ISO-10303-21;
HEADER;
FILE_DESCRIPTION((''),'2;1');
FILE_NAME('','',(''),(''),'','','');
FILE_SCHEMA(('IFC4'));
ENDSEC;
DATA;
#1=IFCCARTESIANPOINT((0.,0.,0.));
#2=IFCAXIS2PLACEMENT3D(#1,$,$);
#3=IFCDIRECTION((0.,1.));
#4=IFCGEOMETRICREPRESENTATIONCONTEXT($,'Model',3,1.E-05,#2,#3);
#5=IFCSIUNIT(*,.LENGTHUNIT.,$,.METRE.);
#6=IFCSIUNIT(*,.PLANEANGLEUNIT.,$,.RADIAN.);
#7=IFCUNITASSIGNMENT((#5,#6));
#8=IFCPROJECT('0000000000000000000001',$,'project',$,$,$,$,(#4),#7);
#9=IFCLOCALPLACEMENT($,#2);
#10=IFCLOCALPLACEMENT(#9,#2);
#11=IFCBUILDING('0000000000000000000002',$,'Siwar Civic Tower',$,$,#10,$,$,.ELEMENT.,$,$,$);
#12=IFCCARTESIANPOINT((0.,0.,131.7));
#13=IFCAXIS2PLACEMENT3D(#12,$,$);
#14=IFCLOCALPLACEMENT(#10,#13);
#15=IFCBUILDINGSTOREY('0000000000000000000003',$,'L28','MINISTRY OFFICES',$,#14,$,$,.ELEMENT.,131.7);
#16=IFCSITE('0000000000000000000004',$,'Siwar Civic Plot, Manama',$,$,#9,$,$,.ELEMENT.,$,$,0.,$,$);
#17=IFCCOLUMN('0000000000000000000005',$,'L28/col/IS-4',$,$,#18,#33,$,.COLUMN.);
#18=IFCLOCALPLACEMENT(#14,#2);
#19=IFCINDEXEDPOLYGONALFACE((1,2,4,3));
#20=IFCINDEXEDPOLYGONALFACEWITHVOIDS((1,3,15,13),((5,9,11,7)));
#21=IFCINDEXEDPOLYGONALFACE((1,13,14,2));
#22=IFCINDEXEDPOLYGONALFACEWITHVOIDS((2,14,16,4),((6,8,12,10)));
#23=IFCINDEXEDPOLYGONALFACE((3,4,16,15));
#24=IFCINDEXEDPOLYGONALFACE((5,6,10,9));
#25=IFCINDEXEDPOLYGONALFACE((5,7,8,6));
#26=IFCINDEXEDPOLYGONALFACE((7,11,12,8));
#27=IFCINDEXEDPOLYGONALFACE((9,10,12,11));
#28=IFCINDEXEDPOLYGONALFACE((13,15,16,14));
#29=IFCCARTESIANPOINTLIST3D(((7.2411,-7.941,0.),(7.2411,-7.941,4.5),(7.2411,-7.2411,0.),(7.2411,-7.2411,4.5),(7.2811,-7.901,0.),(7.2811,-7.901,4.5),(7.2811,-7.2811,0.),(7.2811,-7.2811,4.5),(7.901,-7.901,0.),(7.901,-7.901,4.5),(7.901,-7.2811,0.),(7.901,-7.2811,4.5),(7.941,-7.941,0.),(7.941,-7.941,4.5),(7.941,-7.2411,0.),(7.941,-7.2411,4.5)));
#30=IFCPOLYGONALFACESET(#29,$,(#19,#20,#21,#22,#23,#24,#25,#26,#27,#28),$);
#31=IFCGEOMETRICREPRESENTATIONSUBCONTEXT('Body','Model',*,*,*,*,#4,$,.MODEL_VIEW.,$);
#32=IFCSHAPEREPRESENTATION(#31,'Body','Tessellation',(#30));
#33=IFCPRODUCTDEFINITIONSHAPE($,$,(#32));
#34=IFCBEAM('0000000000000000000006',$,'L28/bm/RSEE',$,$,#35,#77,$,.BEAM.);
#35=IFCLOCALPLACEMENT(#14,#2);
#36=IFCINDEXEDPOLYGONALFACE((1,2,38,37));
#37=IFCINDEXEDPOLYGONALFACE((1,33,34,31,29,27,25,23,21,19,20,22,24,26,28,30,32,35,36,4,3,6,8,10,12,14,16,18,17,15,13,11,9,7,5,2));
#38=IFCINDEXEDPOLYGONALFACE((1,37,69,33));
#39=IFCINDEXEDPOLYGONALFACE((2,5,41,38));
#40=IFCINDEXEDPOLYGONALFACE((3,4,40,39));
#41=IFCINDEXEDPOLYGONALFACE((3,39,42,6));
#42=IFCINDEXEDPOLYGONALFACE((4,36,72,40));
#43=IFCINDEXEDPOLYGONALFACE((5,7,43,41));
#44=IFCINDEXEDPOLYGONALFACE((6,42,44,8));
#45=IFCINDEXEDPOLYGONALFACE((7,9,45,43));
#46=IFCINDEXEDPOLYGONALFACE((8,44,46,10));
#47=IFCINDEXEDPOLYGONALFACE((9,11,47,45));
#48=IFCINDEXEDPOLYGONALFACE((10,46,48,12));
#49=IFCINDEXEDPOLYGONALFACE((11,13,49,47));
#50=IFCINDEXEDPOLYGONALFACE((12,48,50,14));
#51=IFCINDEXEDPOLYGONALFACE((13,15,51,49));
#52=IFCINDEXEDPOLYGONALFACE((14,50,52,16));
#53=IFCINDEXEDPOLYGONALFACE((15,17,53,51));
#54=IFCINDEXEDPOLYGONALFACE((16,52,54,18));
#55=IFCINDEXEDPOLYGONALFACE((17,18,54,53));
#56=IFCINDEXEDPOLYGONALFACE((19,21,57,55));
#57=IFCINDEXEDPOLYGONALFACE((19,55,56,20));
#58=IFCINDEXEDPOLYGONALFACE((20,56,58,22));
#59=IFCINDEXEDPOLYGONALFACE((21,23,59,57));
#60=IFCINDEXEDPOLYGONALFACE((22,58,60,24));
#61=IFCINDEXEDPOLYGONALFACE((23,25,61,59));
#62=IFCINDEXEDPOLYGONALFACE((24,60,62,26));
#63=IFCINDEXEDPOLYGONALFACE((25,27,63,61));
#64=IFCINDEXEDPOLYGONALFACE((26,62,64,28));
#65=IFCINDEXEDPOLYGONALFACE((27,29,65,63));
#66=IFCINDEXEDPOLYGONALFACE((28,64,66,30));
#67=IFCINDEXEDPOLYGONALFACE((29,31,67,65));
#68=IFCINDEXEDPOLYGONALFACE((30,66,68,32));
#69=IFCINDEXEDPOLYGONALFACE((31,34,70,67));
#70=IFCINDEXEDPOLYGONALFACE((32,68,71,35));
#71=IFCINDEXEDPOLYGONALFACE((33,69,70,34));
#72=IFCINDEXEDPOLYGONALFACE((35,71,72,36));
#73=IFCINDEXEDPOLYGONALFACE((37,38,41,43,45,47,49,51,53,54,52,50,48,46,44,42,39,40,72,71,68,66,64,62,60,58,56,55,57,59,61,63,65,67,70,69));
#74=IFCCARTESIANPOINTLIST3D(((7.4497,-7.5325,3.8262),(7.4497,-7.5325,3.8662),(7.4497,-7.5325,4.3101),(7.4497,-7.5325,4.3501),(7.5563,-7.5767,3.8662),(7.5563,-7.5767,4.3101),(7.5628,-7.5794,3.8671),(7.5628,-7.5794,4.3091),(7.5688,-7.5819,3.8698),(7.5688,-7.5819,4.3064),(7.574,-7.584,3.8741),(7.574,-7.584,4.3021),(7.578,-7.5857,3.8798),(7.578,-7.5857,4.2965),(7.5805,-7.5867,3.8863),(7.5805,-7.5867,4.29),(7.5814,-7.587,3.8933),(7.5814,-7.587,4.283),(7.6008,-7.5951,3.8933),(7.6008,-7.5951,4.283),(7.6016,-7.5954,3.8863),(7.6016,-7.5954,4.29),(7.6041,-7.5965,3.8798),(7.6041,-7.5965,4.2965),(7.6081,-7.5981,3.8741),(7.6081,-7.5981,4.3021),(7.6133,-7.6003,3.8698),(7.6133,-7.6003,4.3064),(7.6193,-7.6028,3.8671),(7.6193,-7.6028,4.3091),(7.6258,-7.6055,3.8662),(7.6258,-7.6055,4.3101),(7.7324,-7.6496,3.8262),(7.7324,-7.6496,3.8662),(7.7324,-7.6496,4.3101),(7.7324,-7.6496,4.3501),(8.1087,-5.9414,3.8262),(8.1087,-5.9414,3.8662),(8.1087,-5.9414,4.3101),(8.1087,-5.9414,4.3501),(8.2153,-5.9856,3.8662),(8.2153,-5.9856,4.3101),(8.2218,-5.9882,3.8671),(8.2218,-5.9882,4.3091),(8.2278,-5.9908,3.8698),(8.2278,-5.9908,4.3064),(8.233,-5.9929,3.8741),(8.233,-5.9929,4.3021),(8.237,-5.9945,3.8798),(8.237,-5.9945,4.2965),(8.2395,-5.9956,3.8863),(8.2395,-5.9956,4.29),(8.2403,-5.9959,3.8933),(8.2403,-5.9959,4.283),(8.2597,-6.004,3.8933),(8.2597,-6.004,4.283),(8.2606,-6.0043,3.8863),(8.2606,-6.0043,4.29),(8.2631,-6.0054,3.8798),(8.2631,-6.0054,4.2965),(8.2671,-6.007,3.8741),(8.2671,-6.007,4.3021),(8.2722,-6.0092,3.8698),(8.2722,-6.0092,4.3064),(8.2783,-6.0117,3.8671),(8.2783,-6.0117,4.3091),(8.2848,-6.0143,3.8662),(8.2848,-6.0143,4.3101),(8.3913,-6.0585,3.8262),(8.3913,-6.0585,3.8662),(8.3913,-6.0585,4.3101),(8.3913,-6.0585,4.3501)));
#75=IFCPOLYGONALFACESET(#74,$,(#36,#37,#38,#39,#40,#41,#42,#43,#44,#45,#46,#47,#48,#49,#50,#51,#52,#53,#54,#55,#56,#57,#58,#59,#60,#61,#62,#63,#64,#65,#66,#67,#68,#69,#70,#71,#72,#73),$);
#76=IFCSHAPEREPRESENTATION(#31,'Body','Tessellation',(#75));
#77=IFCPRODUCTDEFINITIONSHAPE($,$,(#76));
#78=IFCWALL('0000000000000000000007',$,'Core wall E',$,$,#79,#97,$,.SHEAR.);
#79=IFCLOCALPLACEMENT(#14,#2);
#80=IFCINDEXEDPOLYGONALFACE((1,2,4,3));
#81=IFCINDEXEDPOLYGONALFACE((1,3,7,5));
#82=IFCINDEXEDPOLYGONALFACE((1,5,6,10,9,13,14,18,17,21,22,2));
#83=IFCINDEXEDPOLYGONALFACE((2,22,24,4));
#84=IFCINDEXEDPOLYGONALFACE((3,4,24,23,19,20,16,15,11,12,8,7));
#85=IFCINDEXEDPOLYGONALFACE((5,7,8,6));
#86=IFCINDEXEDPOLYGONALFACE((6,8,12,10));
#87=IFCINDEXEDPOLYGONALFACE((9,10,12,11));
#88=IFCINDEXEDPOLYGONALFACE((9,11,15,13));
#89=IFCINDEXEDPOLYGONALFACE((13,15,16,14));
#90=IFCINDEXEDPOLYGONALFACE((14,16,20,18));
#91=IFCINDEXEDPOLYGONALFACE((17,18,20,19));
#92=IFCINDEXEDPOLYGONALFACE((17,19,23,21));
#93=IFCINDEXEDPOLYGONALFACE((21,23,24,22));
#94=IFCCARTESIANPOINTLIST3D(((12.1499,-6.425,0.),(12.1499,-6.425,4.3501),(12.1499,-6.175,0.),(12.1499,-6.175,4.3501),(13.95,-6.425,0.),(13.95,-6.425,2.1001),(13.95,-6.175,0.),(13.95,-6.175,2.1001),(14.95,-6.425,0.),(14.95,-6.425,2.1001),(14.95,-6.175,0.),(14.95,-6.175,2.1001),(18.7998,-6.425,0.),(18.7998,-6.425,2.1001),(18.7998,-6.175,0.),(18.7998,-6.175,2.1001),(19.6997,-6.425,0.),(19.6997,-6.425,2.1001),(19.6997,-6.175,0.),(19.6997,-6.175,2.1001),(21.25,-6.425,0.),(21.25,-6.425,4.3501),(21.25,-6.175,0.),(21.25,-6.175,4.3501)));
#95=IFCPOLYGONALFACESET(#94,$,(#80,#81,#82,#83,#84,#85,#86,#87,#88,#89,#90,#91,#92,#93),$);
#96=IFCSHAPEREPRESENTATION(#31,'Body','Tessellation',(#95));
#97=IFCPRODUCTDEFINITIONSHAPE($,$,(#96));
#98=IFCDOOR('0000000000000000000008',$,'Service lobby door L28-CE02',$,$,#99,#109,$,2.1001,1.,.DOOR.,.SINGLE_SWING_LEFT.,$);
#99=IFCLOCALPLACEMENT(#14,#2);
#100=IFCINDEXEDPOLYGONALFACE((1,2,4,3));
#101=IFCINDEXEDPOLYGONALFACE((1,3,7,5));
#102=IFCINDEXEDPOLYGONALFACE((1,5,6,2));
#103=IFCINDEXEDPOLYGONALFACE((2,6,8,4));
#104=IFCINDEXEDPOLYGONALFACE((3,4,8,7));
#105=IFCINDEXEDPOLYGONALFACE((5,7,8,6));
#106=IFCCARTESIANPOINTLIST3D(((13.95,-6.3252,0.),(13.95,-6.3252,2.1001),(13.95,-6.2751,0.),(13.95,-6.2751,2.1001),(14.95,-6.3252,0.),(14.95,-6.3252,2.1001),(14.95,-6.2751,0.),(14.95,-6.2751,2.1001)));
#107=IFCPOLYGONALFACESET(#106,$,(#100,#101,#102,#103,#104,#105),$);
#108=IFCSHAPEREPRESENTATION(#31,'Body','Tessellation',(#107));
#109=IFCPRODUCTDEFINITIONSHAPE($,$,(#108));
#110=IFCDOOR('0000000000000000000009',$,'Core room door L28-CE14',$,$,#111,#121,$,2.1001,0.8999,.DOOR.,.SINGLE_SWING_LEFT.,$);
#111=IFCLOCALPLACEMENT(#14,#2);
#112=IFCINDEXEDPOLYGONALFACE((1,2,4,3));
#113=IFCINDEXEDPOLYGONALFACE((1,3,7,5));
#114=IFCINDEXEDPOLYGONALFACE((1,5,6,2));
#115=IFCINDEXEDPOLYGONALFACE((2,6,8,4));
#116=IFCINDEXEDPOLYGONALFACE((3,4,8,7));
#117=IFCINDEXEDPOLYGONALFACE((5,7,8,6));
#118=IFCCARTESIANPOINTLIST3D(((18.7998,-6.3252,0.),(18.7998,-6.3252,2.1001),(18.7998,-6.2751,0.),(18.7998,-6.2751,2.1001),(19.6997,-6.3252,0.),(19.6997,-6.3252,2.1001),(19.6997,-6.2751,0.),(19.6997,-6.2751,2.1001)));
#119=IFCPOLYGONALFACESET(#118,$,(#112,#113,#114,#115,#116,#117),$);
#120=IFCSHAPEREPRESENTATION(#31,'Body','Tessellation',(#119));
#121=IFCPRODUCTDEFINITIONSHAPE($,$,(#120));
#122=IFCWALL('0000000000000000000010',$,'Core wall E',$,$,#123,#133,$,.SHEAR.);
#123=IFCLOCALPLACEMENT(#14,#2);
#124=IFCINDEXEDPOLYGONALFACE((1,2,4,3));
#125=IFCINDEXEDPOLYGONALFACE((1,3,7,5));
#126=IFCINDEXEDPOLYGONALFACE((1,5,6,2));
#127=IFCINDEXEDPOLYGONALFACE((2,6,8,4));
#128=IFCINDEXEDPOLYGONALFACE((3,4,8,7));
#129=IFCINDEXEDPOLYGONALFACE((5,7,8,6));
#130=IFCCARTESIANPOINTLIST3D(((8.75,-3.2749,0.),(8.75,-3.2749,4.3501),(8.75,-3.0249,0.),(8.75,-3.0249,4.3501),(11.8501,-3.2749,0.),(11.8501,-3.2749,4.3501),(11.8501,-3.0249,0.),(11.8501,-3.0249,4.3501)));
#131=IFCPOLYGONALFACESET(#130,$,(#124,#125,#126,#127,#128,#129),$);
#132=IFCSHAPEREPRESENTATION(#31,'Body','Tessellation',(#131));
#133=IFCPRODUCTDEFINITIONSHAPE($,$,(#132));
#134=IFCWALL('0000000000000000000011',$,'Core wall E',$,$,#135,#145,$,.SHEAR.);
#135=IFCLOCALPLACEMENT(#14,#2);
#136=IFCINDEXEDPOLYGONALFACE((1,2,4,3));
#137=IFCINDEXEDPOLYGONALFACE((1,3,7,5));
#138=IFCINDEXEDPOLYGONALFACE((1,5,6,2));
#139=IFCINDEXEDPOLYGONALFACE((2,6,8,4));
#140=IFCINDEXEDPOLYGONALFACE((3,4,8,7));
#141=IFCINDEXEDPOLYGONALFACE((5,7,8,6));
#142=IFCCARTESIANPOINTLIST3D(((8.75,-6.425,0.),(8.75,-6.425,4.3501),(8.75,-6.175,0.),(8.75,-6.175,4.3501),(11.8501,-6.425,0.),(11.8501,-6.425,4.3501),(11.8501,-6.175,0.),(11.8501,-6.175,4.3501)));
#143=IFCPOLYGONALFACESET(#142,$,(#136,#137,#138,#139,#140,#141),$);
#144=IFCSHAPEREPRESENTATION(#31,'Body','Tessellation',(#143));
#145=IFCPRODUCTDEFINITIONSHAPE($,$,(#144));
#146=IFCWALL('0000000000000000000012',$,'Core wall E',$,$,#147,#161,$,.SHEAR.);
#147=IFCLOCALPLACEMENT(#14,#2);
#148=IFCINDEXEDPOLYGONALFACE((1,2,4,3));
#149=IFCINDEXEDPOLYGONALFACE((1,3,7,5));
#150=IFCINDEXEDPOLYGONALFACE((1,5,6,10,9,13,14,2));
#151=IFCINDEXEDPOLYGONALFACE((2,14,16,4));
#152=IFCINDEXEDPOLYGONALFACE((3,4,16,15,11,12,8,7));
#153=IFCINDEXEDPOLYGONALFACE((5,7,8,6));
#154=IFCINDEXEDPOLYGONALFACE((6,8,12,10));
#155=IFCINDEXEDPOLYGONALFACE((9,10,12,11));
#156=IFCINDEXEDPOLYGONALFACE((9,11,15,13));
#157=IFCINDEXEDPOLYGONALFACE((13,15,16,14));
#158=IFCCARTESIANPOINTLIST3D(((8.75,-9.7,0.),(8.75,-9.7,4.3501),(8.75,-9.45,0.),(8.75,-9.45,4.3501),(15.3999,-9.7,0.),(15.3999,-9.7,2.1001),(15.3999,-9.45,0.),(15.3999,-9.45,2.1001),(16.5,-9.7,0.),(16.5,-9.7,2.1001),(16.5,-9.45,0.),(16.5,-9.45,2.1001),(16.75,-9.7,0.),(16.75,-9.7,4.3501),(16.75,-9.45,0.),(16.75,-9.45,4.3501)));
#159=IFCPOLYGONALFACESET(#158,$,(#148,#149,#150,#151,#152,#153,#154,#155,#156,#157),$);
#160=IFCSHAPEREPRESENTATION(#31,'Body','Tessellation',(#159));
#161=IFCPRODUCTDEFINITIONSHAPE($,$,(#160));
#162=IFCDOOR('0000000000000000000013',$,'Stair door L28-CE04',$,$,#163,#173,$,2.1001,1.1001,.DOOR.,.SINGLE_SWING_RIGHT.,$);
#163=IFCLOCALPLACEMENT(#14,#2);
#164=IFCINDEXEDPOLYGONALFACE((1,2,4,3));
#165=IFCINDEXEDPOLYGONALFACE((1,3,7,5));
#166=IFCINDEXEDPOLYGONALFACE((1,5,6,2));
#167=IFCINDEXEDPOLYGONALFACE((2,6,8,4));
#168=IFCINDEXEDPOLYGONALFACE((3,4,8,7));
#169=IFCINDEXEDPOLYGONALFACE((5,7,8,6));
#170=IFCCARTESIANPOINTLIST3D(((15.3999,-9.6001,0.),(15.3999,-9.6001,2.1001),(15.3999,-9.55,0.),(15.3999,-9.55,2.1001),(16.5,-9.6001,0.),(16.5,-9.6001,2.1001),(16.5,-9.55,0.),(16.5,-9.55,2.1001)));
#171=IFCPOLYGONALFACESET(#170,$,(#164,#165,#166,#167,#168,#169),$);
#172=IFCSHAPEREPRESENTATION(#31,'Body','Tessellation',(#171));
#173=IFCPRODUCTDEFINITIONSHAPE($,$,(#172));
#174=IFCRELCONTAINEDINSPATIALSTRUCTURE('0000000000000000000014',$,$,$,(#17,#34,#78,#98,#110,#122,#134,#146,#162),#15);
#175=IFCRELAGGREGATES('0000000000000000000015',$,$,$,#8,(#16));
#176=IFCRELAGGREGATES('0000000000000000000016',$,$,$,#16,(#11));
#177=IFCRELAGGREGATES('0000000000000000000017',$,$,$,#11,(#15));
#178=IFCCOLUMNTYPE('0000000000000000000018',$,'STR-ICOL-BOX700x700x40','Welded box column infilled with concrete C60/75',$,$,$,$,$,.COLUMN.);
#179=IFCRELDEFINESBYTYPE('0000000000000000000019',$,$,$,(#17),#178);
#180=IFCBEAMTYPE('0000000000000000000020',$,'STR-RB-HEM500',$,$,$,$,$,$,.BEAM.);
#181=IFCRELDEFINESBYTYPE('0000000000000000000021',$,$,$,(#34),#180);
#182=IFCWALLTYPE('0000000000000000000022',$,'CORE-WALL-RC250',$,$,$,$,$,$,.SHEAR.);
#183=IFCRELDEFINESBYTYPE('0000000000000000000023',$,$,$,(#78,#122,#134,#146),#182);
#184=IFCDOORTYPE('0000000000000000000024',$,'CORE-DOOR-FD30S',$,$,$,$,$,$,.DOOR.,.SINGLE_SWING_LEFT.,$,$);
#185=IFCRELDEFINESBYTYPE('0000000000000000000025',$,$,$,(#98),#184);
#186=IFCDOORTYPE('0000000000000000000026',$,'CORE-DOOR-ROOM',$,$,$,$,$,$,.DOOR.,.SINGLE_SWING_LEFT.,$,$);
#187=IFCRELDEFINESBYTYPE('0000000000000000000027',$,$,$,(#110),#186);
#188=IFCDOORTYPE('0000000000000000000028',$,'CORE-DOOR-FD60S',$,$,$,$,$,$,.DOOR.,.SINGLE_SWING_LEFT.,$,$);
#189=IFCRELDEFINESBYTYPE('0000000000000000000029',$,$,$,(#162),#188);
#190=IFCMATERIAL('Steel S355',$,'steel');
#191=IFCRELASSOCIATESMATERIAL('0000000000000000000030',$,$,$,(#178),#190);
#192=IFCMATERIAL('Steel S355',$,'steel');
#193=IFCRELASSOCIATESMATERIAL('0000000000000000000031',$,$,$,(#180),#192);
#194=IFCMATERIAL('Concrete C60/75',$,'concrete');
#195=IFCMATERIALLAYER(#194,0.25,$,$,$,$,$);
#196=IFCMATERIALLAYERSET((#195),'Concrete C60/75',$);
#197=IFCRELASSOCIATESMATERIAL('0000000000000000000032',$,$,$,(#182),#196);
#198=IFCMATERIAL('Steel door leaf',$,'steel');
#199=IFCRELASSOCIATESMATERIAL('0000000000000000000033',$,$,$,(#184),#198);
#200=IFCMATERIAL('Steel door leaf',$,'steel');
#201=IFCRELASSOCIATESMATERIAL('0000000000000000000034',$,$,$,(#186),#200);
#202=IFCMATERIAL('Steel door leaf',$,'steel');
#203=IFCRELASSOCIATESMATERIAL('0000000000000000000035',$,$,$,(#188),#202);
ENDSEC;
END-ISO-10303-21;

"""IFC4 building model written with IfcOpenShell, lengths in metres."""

from ifc_helpers import new_model, si_unit, direction, frame, frame_2d, origin, origin_2d, place, context, subcontext, project, spatial, rectangle, hollow_rectangle, i_section, extrude, material, layer, layer_set, material_profile, profile_set, type_object, element, fill, save


model = new_model("IFC4")

# Units and contexts
model_context = context("Model", 3, precision=1e-05, world=origin(), true_north=direction((0.0, 1.0)))
body_context = subcontext(model_context, "Body", "Model", "MODEL_VIEW")
ifc_project = project(units=[si_unit("LENGTHUNIT", "METRE"), si_unit("PLANEANGLEUNIT", "RADIAN")], contexts=[model_context])

# Site, building, storey
site_placement = place(None, origin())
site = spatial("IfcSite", under=ifc_project, at=site_placement, Name="Siwar Civic Plot, Manama", CompositionType="ELEMENT", RefElevation=0.0)
building_placement = place(site_placement, origin())
building = spatial("IfcBuilding", under=site, at=building_placement, Name="Siwar Civic Tower", CompositionType="ELEMENT")
storey_placement = place(building_placement, frame((0.0, 0.0, 131.7)))
storey = spatial("IfcBuildingStorey", under=building, at=storey_placement, Name="L28", Description="MINISTRY OFFICES", CompositionType="ELEMENT", Elevation=131.7)

# Column
ifc_material_1 = material(Name="Steel S355", Category="steel")
ifc_material_profile_1 = material_profile(ifc_material_1, hollow_rectangle(XDim=0.7, YDim=0.7, WallThickness=0.04, at=origin_2d()), Name="BOX700x700x40")
ifc_profile_set_1 = profile_set([ifc_material_profile_1], Name="Steel S355")
column_type = type_object("IfcColumnType", Name="STR-ICOL-BOX700x700x40", Description="Welded box column infilled with concrete C60/75", PredefinedType="COLUMN", material=ifc_profile_set_1)
column_placement = place(storey_placement, frame((7.5911, -7.5911, 0.0), z_axis=(0.0, 0.0, 1.0), x_axis=(1.0, 0.0, 0.0)))
element("IfcColumn", 1, at=column_placement, inside=storey, type_object=column_type, Name="L28/col/IS-4", PredefinedType="COLUMN", context=body_context, shape_type="SweptSolid", body=[
    extrude(hollow_rectangle(XDim=0.7, YDim=0.7, WallThickness=0.04, at=origin_2d()), origin(), (0.0, 0.0, 1.0), 4.5),
])

# Beam
ifc_material_2 = material(Name="Steel S355", Category="steel")
ifc_material_profile_2 = material_profile(ifc_material_2, i_section(OverallWidth=0.3059, OverallDepth=0.5239, WebThickness=0.021, FlangeThickness=0.04, FilletRadius=0.0271, at=origin_2d()), Name="HEM500")
ifc_profile_set_2 = profile_set([ifc_material_profile_2], Name="Steel S355")
beam_type = type_object("IfcBeamType", Name="STR-RB-HEM500", PredefinedType="BEAM", material=ifc_profile_set_2)
beam_placement = place(storey_placement, frame((7.5911, -7.5911, 4.0881), z_axis=(0.382631, 0.923901, 0.0), x_axis=(-0.923901, 0.382631, 0.0)))
element("IfcBeam", 2, at=beam_placement, inside=storey, type_object=beam_type, Name="L28/bm/RSEE", PredefinedType="BEAM", context=body_context, shape_type="SweptSolid", body=[
    extrude(i_section(OverallWidth=0.3059, OverallDepth=0.5239, WebThickness=0.021, FlangeThickness=0.04, FilletRadius=0.0271, at=origin_2d()), origin(), (0.0, 0.0, 1.0), 1.7222),
])

# Wall, openings, doors
ifc_material_3 = material(Name="Concrete C60/75", Category="concrete")
ifc_layer_1 = layer(ifc_material_3, 0.25)
ifc_layer_set_1 = layer_set([ifc_layer_1], Name="Concrete C60/75")
wall_type_1 = type_object("IfcWallType", Name="CORE-WALL-RC250", PredefinedType="SHEAR", material=ifc_layer_set_1)
wall_1_placement = place(storey_placement, frame((12.1499, -6.3, 0.0), z_axis=(0.0, 0.0, 1.0), x_axis=(1.0, 0.0, 0.0)))
wall_1 = element("IfcWall", 3, at=wall_1_placement, inside=storey, type_object=wall_type_1, Name="Core wall E", PredefinedType="SHEAR", context=body_context, shape_type="SweptSolid", body=[
    extrude(rectangle(XDim=9.1001, YDim=0.25, at=frame_2d((4.55, 0.0))), origin(), (0.0, 0.0, 1.0), 4.3501),
])
opening_1_placement = place(wall_1_placement, frame((1.8, 0.0, 0.0)))
opening_1 = element("IfcOpeningElement", 4, at=opening_1_placement, cuts=wall_1, PredefinedType="OPENING", context=body_context, shape_type="SweptSolid", body=[
    extrude(rectangle(XDim=1.0, YDim=2.1001, at=frame_2d((0.5, 1.05))), frame((0.0, 0.135, 0.0), z_axis=(0.0, -1.0, 0.0), x_axis=(1.0, 0.0, 0.0)), (0.0, 0.0, 1.0), 0.27),
])
opening_2_placement = place(wall_1_placement, frame((6.6499, 0.0, 0.0)))
opening_2 = element("IfcOpeningElement", 5, at=opening_2_placement, cuts=wall_1, PredefinedType="OPENING", context=body_context, shape_type="SweptSolid", body=[
    extrude(rectangle(XDim=0.8999, YDim=2.1001, at=frame_2d((0.45, 1.05))), frame((0.0, 0.135, 0.0), z_axis=(0.0, -1.0, 0.0), x_axis=(1.0, 0.0, 0.0)), (0.0, 0.0, 1.0), 0.27),
])
ifc_material_4 = material(Name="Steel door leaf", Category="steel")
door_type_1 = type_object("IfcDoorType", Name="CORE-DOOR-FD30S", OperationType="SINGLE_SWING_LEFT", PredefinedType="DOOR", material=ifc_material_4)
door_1_placement = place(opening_1_placement, origin())
door_1 = element("IfcDoor", 6, at=door_1_placement, inside=storey, type_object=door_type_1, Name="Service lobby door L28-CE02", OperationType="SINGLE_SWING_LEFT", OverallHeight=2.1001, OverallWidth=1.0, PredefinedType="DOOR", context=body_context, shape_type="SweptSolid", body=[
    extrude(rectangle(XDim=1.0, YDim=2.1001, at=frame_2d((0.5, 1.05))), frame((0.0, 0.0249, 0.0), z_axis=(0.0, -1.0, 0.0), x_axis=(1.0, 0.0, 0.0)), (0.0, 0.0, 1.0), 0.05),
])
fill(opening_1, door_1)
ifc_material_5 = material(Name="Steel door leaf", Category="steel")
door_type_2 = type_object("IfcDoorType", Name="CORE-DOOR-ROOM", OperationType="SINGLE_SWING_LEFT", PredefinedType="DOOR", material=ifc_material_5)
door_2_placement = place(opening_2_placement, origin())
door_2 = element("IfcDoor", 7, at=door_2_placement, inside=storey, type_object=door_type_2, Name="Core room door L28-CE14", OperationType="SINGLE_SWING_LEFT", OverallHeight=2.1001, OverallWidth=0.8999, PredefinedType="DOOR", context=body_context, shape_type="SweptSolid", body=[
    extrude(rectangle(XDim=0.8999, YDim=2.1001, at=frame_2d((0.45, 1.05))), frame((0.0, 0.0249, 0.0), z_axis=(0.0, -1.0, 0.0), x_axis=(1.0, 0.0, 0.0)), (0.0, 0.0, 1.0), 0.05),
])
fill(opening_2, door_2)

# Walls
for number, where, z_axis, x_axis, name in (
    (8, (8.75, -3.1499, 0.0), (0.0, 0.0, 1.0), (1.0, 0.0, 0.0), "Core wall E"),
    (9, (8.75, -6.3, 0.0), (0.0, 0.0, 1.0), (1.0, 0.0, 0.0), "Core wall E"),
):
    element("IfcWall", number, at=place(storey_placement, frame(where, z_axis=z_axis, x_axis=x_axis)), inside=storey, type_object=wall_type_1, Name=name, PredefinedType="SHEAR", context=body_context, shape_type="SweptSolid", body=[
        extrude(rectangle(XDim=3.1001, YDim=0.25, at=frame_2d((1.55, 0.0))), origin(), (0.0, 0.0, 1.0), 4.3501),
    ])

# Wall, opening, door
wall_2_placement = place(storey_placement, frame((8.75, -9.575, 0.0), z_axis=(0.0, 0.0, 1.0), x_axis=(1.0, 0.0, 0.0)))
wall_2 = element("IfcWall", 10, at=wall_2_placement, inside=storey, type_object=wall_type_1, Name="Core wall E", PredefinedType="SHEAR", context=body_context, shape_type="SweptSolid", body=[
    extrude(rectangle(XDim=8.0, YDim=0.25, at=frame_2d((4.0, 0.0))), origin(), (0.0, 0.0, 1.0), 4.3501),
])
opening_3_placement = place(wall_2_placement, frame((6.6499, 0.0, 0.0)))
opening_3 = element("IfcOpeningElement", 11, at=opening_3_placement, cuts=wall_2, PredefinedType="OPENING", context=body_context, shape_type="SweptSolid", body=[
    extrude(rectangle(XDim=1.1001, YDim=2.1001, at=frame_2d((0.55, 1.05))), frame((0.0, 0.135, 0.0), z_axis=(0.0, -1.0, 0.0), x_axis=(1.0, 0.0, 0.0)), (0.0, 0.0, 1.0), 0.27),
])
ifc_material_6 = material(Name="Steel door leaf", Category="steel")
door_type_3 = type_object("IfcDoorType", Name="CORE-DOOR-FD60S", OperationType="SINGLE_SWING_LEFT", PredefinedType="DOOR", material=ifc_material_6)
door_3_placement = place(opening_3_placement, origin())
door_3 = element("IfcDoor", 12, at=door_3_placement, inside=storey, type_object=door_type_3, Name="Stair door L28-CE04", OperationType="SINGLE_SWING_RIGHT", OverallHeight=2.1001, OverallWidth=1.1001, PredefinedType="DOOR", context=body_context, shape_type="SweptSolid", body=[
    extrude(rectangle(XDim=1.1001, YDim=2.1001, at=frame_2d((0.55, 1.05))), frame((0.0, 0.0249, 0.0), z_axis=(0.0, -1.0, 0.0), x_axis=(1.0, 0.0, 0.0)), (0.0, 0.0, 1.0), 0.05),
])
fill(opening_3, door_3)

save(model, "model.ifc")
